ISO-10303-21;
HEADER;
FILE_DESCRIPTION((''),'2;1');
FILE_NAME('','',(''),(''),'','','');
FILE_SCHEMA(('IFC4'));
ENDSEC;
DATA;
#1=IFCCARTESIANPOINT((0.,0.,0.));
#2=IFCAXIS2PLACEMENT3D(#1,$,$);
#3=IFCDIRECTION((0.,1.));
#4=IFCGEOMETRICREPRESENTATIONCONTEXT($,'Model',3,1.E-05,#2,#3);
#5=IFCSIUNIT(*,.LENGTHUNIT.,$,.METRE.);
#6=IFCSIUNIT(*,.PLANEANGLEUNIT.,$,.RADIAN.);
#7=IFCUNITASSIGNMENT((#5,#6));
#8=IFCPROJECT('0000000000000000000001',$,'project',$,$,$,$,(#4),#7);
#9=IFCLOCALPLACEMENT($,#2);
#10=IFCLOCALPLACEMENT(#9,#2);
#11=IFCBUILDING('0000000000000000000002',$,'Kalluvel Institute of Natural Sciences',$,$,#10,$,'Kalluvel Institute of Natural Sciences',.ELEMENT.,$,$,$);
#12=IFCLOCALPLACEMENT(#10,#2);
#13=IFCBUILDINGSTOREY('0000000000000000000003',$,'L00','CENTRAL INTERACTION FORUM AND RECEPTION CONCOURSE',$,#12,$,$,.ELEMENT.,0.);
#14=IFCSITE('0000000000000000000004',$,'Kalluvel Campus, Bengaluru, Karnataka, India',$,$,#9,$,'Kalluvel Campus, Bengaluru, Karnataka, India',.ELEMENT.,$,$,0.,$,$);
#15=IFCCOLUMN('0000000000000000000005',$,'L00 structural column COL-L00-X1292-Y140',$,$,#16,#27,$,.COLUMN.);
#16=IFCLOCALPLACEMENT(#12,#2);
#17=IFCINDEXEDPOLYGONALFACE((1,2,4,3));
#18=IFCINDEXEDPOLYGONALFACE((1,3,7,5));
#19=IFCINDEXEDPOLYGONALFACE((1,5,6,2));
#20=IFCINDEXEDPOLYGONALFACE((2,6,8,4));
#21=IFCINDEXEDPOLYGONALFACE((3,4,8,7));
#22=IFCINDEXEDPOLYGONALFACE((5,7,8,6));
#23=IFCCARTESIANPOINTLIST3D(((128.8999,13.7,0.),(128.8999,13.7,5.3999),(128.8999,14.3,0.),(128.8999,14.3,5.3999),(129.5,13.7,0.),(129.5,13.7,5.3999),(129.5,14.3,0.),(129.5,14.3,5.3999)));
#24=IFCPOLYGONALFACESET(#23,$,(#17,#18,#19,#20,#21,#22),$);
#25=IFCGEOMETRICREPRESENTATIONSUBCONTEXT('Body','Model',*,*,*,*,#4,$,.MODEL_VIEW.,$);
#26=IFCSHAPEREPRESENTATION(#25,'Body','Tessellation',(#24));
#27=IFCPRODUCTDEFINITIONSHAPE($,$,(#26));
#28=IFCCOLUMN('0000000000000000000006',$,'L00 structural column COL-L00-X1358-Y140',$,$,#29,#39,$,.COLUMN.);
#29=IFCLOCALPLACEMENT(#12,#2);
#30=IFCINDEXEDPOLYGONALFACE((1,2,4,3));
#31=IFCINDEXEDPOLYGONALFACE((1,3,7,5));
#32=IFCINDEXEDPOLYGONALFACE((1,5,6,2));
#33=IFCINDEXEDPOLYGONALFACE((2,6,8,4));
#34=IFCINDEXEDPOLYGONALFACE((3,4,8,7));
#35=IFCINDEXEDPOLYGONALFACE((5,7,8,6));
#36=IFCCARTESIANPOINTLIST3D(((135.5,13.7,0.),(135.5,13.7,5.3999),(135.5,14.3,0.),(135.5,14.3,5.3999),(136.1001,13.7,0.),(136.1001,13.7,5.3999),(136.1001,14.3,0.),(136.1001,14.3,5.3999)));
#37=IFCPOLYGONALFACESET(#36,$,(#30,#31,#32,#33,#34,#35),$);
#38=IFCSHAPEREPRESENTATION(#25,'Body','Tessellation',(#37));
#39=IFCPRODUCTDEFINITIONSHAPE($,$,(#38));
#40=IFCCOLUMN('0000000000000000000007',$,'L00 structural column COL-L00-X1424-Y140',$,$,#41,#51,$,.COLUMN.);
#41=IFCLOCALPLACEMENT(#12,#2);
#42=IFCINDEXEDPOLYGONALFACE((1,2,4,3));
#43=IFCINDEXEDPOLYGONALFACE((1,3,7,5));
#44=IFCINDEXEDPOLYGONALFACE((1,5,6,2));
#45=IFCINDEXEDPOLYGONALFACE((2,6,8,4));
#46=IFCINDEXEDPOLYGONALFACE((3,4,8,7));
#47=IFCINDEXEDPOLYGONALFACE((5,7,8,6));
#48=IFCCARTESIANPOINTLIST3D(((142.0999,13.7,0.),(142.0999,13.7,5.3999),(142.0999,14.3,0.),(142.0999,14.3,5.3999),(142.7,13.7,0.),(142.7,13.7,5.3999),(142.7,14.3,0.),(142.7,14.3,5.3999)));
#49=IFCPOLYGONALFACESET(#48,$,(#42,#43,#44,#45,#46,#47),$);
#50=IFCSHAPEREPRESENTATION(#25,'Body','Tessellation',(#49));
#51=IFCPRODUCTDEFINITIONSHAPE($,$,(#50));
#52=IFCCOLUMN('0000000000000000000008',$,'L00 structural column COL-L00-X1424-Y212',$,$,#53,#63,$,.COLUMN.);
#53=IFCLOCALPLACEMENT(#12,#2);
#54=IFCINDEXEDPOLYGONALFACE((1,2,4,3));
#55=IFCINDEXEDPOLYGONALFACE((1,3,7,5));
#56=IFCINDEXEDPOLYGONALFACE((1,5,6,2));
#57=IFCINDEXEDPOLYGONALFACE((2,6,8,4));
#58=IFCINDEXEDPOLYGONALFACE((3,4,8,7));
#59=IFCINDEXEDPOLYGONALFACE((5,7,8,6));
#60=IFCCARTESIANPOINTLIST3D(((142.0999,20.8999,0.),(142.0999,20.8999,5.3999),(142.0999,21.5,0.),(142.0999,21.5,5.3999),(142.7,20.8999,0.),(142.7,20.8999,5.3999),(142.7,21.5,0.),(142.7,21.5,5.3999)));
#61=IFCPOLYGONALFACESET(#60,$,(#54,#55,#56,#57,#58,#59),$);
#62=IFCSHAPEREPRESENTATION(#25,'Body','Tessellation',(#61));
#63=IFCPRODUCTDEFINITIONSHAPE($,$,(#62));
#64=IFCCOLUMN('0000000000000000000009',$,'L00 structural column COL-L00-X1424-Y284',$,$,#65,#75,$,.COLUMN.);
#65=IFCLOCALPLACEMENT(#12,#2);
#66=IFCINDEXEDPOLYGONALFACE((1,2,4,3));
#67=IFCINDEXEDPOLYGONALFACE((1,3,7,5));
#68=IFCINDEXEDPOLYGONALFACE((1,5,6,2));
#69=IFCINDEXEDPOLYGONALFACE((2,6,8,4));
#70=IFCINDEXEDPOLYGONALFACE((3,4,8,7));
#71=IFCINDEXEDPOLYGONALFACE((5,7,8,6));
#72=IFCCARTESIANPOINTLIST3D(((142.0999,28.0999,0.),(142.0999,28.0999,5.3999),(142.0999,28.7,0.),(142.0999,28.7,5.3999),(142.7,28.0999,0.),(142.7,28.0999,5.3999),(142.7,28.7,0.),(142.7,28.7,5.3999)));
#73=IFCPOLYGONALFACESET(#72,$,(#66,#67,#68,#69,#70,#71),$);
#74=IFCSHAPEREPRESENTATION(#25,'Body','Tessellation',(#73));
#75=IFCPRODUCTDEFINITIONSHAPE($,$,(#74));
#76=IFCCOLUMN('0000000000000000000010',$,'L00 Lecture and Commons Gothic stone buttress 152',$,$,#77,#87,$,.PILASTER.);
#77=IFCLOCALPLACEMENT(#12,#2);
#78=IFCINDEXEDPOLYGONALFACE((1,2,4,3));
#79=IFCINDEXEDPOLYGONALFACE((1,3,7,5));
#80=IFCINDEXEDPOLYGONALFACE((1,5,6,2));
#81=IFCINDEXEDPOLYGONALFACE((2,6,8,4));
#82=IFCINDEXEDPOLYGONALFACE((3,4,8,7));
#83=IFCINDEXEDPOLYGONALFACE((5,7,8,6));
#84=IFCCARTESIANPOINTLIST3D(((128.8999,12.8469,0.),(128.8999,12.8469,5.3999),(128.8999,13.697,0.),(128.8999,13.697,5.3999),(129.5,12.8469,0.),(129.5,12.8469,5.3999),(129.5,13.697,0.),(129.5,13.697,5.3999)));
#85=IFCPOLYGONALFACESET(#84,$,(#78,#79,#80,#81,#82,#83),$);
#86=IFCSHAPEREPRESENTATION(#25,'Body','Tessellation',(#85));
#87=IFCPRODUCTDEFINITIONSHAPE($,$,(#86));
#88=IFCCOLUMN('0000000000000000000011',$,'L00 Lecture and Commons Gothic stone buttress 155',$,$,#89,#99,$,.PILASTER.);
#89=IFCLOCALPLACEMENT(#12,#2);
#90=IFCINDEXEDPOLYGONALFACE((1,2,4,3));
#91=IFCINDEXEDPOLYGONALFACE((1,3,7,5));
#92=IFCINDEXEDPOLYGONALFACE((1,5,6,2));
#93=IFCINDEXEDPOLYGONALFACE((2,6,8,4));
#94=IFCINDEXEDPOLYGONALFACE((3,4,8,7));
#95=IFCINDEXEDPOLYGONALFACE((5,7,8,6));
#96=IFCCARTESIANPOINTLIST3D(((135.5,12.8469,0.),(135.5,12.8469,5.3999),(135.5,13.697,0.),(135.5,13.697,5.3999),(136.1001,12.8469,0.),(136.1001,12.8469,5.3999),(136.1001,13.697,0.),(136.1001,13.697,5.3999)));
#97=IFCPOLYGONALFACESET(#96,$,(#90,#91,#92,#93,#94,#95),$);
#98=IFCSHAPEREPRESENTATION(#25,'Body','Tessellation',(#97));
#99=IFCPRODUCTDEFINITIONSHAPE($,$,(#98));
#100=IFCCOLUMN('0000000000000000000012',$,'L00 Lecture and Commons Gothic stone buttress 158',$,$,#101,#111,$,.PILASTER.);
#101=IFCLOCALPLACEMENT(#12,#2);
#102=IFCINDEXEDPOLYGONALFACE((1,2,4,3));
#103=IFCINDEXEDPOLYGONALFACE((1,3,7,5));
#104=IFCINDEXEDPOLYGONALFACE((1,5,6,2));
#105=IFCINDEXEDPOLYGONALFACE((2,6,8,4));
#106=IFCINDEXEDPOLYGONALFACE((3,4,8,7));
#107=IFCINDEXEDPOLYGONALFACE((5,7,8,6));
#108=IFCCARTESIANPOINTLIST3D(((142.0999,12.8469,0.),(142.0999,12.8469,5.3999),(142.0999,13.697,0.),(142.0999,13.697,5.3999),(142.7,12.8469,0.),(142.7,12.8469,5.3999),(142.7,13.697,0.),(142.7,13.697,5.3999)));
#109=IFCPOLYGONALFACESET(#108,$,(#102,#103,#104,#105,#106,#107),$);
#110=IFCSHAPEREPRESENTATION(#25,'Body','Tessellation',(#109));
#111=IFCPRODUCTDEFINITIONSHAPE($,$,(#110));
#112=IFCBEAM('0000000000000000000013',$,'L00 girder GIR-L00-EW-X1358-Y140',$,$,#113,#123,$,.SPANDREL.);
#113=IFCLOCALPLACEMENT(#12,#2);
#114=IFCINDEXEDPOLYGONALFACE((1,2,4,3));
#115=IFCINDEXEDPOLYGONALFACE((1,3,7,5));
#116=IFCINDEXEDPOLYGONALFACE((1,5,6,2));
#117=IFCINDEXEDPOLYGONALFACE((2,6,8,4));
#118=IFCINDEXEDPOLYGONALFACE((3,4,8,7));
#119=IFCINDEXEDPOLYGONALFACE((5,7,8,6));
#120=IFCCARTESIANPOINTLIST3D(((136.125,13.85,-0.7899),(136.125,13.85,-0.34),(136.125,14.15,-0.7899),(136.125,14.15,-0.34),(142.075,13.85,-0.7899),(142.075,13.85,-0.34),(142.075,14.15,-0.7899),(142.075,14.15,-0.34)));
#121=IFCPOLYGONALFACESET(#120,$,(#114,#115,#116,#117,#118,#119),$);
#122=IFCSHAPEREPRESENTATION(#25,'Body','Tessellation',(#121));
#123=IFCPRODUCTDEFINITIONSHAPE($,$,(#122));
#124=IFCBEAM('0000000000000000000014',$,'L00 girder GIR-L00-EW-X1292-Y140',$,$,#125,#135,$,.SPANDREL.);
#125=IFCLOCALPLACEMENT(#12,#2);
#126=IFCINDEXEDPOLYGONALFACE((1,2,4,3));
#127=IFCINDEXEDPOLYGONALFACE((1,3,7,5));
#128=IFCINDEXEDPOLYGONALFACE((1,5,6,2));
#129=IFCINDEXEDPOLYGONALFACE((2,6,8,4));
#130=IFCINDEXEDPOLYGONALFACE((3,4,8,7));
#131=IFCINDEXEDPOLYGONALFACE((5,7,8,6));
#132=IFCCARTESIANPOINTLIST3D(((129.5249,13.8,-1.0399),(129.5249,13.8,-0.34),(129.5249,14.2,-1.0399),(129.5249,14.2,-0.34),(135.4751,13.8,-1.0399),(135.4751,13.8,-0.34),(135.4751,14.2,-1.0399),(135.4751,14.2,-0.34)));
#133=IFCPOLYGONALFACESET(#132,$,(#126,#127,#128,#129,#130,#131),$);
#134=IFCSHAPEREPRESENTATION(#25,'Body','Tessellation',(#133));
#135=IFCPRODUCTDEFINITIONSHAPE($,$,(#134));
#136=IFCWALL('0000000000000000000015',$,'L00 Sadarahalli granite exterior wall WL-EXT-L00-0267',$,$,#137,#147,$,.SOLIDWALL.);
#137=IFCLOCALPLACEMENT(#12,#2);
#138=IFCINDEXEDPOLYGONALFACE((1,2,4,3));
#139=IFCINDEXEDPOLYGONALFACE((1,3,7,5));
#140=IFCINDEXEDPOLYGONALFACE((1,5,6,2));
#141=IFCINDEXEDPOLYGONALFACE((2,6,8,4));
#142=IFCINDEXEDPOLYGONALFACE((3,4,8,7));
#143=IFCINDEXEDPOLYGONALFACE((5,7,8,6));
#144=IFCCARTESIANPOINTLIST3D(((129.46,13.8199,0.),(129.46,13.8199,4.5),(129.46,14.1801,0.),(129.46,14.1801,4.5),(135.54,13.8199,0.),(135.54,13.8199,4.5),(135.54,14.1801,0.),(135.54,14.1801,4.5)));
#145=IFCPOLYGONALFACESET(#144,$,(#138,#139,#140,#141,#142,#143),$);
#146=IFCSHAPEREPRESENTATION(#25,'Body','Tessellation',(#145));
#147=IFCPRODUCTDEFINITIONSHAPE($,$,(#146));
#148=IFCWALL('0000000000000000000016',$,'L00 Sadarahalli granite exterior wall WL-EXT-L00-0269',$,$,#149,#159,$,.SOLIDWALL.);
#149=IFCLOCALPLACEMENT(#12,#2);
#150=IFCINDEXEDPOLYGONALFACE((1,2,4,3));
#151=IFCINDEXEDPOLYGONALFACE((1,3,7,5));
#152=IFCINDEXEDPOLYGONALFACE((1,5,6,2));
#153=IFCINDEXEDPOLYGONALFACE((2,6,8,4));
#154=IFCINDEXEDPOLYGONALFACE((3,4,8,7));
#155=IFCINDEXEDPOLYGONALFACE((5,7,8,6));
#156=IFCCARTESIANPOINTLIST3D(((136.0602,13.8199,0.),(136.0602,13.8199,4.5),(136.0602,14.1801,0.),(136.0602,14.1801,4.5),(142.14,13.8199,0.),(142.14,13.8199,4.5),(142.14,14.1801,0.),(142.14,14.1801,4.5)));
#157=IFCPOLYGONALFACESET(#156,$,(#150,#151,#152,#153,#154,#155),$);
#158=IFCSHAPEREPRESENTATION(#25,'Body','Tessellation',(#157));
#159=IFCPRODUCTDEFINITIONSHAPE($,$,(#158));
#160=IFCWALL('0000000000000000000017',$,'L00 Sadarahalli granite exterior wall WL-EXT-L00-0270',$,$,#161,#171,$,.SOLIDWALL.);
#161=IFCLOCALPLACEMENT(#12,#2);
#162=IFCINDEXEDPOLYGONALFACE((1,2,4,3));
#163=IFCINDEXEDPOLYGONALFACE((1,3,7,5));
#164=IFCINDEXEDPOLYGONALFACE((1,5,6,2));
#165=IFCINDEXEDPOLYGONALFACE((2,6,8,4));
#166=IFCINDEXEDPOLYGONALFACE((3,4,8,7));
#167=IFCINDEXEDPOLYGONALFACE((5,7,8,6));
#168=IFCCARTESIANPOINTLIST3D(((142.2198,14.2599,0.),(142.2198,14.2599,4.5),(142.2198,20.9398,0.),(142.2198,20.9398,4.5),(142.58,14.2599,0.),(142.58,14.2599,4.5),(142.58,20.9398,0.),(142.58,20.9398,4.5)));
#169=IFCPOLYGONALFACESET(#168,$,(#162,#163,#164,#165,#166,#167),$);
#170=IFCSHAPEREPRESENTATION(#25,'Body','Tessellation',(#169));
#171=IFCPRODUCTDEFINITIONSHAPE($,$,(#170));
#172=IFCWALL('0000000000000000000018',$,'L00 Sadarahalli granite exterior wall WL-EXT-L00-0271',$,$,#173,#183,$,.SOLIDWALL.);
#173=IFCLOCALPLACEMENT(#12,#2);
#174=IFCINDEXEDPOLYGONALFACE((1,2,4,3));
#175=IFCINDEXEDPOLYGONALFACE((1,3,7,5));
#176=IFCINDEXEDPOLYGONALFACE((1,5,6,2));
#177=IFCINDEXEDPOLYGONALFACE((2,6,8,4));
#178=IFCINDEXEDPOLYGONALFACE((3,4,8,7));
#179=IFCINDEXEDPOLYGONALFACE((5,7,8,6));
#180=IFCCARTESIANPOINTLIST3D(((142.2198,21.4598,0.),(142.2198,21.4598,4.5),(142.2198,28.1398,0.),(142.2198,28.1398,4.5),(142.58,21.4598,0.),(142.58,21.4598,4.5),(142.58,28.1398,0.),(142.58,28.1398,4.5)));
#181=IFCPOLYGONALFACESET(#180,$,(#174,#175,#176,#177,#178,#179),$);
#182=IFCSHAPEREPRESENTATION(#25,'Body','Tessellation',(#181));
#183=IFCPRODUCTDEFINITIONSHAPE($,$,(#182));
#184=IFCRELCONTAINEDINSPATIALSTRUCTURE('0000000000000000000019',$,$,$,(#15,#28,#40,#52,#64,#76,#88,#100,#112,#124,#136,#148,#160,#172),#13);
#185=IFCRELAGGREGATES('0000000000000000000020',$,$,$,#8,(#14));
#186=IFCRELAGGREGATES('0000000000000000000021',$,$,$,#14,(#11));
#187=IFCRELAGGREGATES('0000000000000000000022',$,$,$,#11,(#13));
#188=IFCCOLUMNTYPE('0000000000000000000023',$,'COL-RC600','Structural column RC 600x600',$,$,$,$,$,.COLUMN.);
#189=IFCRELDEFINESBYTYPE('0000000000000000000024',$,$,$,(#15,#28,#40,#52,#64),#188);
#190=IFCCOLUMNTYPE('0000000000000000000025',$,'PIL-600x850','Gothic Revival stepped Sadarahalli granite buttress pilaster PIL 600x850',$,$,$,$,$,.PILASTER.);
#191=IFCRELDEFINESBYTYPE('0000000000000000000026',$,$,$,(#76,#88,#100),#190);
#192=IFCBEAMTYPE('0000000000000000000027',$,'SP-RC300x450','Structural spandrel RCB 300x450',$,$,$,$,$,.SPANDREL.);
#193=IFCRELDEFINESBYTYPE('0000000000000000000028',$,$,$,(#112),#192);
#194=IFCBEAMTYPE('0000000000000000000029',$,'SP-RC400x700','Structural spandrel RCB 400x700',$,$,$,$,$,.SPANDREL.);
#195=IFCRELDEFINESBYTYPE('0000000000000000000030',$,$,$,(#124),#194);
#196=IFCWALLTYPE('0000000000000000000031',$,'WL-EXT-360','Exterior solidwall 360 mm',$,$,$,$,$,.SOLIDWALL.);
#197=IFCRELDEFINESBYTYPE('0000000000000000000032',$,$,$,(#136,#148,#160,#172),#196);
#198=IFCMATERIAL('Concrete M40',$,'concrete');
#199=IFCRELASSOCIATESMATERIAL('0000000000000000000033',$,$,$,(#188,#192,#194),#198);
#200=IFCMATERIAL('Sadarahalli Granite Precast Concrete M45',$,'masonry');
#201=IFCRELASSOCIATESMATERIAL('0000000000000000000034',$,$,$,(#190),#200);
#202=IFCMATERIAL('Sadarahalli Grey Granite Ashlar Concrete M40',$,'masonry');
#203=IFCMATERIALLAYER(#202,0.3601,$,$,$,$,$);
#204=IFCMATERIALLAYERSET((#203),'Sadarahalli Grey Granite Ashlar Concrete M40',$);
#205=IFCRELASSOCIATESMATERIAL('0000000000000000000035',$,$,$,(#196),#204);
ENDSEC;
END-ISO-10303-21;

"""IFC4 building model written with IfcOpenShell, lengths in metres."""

from ifc_helpers import new_model, si_unit, direction, frame, frame_2d, origin, origin_2d, place, context, subcontext, project, spatial, rectangle, extrude, material, layer, layer_set, material_profile, profile_set, type_object, element, save


model = new_model("IFC4")

# Units and contexts
model_context = context("Model", 3, precision=1e-05, world=origin(), true_north=direction((0.0, 1.0)))
body_context = subcontext(model_context, "Body", "Model", "MODEL_VIEW")
ifc_project = project(units=[si_unit("LENGTHUNIT", "METRE"), si_unit("PLANEANGLEUNIT", "RADIAN")], contexts=[model_context])

# Site, building, storey
site_placement = place(None, origin())
site = spatial("IfcSite", under=ifc_project, at=site_placement, Name="Kalluvel Campus, Bengaluru, Karnataka, India", LongName="Kalluvel Campus, Bengaluru, Karnataka, India", CompositionType="ELEMENT", RefElevation=0.0)
building_placement = place(site_placement, origin())
building = spatial("IfcBuilding", under=site, at=building_placement, Name="Kalluvel Institute of Natural Sciences", LongName="Kalluvel Institute of Natural Sciences", CompositionType="ELEMENT")
storey_placement = place(building_placement, origin())
storey = spatial("IfcBuildingStorey", under=building, at=storey_placement, Name="L00", Description="CENTRAL INTERACTION FORUM AND RECEPTION CONCOURSE", CompositionType="ELEMENT", Elevation=0.0)

# Columns
ifc_material_1 = material(Name="Concrete M40", Category="concrete")
ifc_material_profile_1 = material_profile(ifc_material_1, rectangle(XDim=0.6001, YDim=0.6001, at=origin_2d()), Name="RC 600x600")
ifc_profile_set_1 = profile_set([ifc_material_profile_1], Name="Concrete M40")
column_type_1 = type_object("IfcColumnType", Name="COL-RC600", Description="Structural column RC 600x600", PredefinedType="COLUMN", material=ifc_profile_set_1)
for number, where, z_axis, x_axis, name in (
    (1, (129.2, 14.0, 0.0), (0.0, 0.0, 1.0), (1.0, 0.0, 0.0), "L00 structural column COL-L00-X1292-Y140"),
    (2, (135.8, 14.0, 0.0), (0.0, 0.0, 1.0), (1.0, 0.0, 0.0), "L00 structural column COL-L00-X1358-Y140"),
    (3, (142.3999, 14.0, 0.0), (0.0, 0.0, 1.0), (1.0, 0.0, 0.0), "L00 structural column COL-L00-X1424-Y140"),
    (4, (142.3999, 21.2, 0.0), (0.0, 0.0, 1.0), (1.0, 0.0, 0.0), "L00 structural column COL-L00-X1424-Y212"),
    (5, (142.3999, 28.3999, 0.0), (0.0, 0.0, 1.0), (1.0, 0.0, 0.0), "L00 structural column COL-L00-X1424-Y284"),
):
    element("IfcColumn", number, at=place(storey_placement, frame(where, z_axis=z_axis, x_axis=x_axis)), inside=storey, type_object=column_type_1, Name=name, PredefinedType="COLUMN", context=body_context, shape_type="SweptSolid", body=[
        extrude(rectangle(XDim=0.6001, YDim=0.6001, at=origin_2d()), origin(), (0.0, 0.0, 1.0), 5.3999),
    ])
ifc_material_2 = material(Name="Sadarahalli Granite Precast Concrete M45", Category="masonry")
ifc_material_profile_2 = material_profile(ifc_material_2, rectangle(XDim=0.6001, YDim=0.8501, at=origin_2d()), Name="PIL 600x850")
ifc_profile_set_2 = profile_set([ifc_material_profile_2], Name="Sadarahalli Granite Precast Concrete M45")
column_type_2 = type_object("IfcColumnType", Name="PIL-600x850", Description="Gothic Revival stepped Sadarahalli granite buttress pilaster PIL 600x850", PredefinedType="PILASTER", material=ifc_profile_set_2)
for number, where, z_axis, x_axis, name in (
    (6, (129.2, 13.272, 0.0), (0.0, 0.0, 1.0), (1.0, 0.0, 0.0), "L00 Lecture and Commons Gothic stone buttress 152"),
    (7, (135.8, 13.272, 0.0), (0.0, 0.0, 1.0), (1.0, 0.0, 0.0), "L00 Lecture and Commons Gothic stone buttress 155"),
    (8, (142.3999, 13.272, 0.0), (0.0, 0.0, 1.0), (1.0, 0.0, 0.0), "L00 Lecture and Commons Gothic stone buttress 158"),
):
    element("IfcColumn", number, at=place(storey_placement, frame(where, z_axis=z_axis, x_axis=x_axis)), inside=storey, type_object=column_type_2, Name=name, PredefinedType="PILASTER", context=body_context, shape_type="SweptSolid", body=[
        extrude(rectangle(XDim=0.6001, YDim=0.8501, at=origin_2d()), origin(), (0.0, 0.0, 1.0), 5.3999),
    ])

# Beams
ifc_material_profile_3 = material_profile(ifc_material_1, rectangle(XDim=0.3, YDim=0.45, at=origin_2d()), Name="RCB 300x450")
ifc_profile_set_3 = profile_set([ifc_material_profile_3], Name="Concrete M40")
beam_type_1 = type_object("IfcBeamType", Name="SP-RC300x450", Description="Structural spandrel RCB 300x450", PredefinedType="SPANDREL", material=ifc_profile_set_3)
beam_1_placement = place(storey_placement, frame((136.125, 14.0, -0.5649), z_axis=(1.0, 0.0, 0.0), x_axis=(0.0, 1.0, 0.0)))
element("IfcBeam", 9, at=beam_1_placement, inside=storey, type_object=beam_type_1, Name="L00 girder GIR-L00-EW-X1358-Y140", PredefinedType="SPANDREL", context=body_context, shape_type="SweptSolid", body=[
    extrude(rectangle(XDim=0.3, YDim=0.45, at=origin_2d()), origin(), (0.0, 0.0, 1.0), 5.95),
])
ifc_material_profile_4 = material_profile(ifc_material_1, rectangle(XDim=0.3999, YDim=0.7, at=origin_2d()), Name="RCB 400x700")
ifc_profile_set_4 = profile_set([ifc_material_profile_4], Name="Concrete M40")
beam_type_2 = type_object("IfcBeamType", Name="SP-RC400x700", Description="Structural spandrel RCB 400x700", PredefinedType="SPANDREL", material=ifc_profile_set_4)
beam_2_placement = place(storey_placement, frame((129.5249, 14.0, -0.6899), z_axis=(1.0, 0.0, 0.0), x_axis=(0.0, 1.0, 0.0)))
element("IfcBeam", 10, at=beam_2_placement, inside=storey, type_object=beam_type_2, Name="L00 girder GIR-L00-EW-X1292-Y140", PredefinedType="SPANDREL", context=body_context, shape_type="SweptSolid", body=[
    extrude(rectangle(XDim=0.3999, YDim=0.7, at=origin_2d()), origin(), (0.0, 0.0, 1.0), 5.9502),
])

# Walls
ifc_material_3 = material(Name="Sadarahalli Grey Granite Ashlar Concrete M40", Category="masonry")
ifc_layer_1 = layer(ifc_material_3, 0.3601)
ifc_layer_set_1 = layer_set([ifc_layer_1], Name="Sadarahalli Grey Granite Ashlar Concrete M40")
wall_type_1 = type_object("IfcWallType", Name="WL-EXT-360", Description="Exterior solidwall 360 mm", PredefinedType="SOLIDWALL", material=ifc_layer_set_1)
wall_1_placement = place(storey_placement, frame((129.46, 14.0, 0.0), z_axis=(0.0, 0.0, 1.0), x_axis=(1.0, 0.0, 0.0)))
element("IfcWall", 11, at=wall_1_placement, inside=storey, type_object=wall_type_1, Name="L00 Sadarahalli granite exterior wall WL-EXT-L00-0267", PredefinedType="SOLIDWALL", context=body_context, shape_type="SweptSolid", body=[
    extrude(rectangle(XDim=6.0801, YDim=0.3601, at=frame_2d((3.04, 0.0))), origin(), (0.0, 0.0, 1.0), 4.5),
])
wall_2_placement = place(storey_placement, frame((136.0601, 14.0, 0.0), z_axis=(0.0, 0.0, 1.0), x_axis=(1.0, 0.0, 0.0)))
element("IfcWall", 12, at=wall_2_placement, inside=storey, type_object=wall_type_1, Name="L00 Sadarahalli granite exterior wall WL-EXT-L00-0269", PredefinedType="SOLIDWALL", context=body_context, shape_type="SweptSolid", body=[
    extrude(rectangle(XDim=6.0798, YDim=0.3601, at=frame_2d((3.04, 0.0))), origin(), (0.0, 0.0, 1.0), 4.5),
])
for number, where, z_axis, x_axis, name in (
    (13, (142.3999, 14.26, 0.0), (0.0, 0.0, 1.0), (0.0, 1.0, 0.0), "L00 Sadarahalli granite exterior wall WL-EXT-L00-0270"),
    (14, (142.3999, 21.46, 0.0), (0.0, 0.0, 1.0), (0.0, 1.0, 0.0), "L00 Sadarahalli granite exterior wall WL-EXT-L00-0271"),
):
    element("IfcWall", number, at=place(storey_placement, frame(where, z_axis=z_axis, x_axis=x_axis)), inside=storey, type_object=wall_type_1, Name=name, PredefinedType="SOLIDWALL", context=body_context, shape_type="SweptSolid", body=[
        extrude(rectangle(XDim=6.6799, YDim=0.3601, at=frame_2d((3.3398, 0.0))), origin(), (0.0, 0.0, 1.0), 4.5),
    ])

save(model, "model.ifc")
